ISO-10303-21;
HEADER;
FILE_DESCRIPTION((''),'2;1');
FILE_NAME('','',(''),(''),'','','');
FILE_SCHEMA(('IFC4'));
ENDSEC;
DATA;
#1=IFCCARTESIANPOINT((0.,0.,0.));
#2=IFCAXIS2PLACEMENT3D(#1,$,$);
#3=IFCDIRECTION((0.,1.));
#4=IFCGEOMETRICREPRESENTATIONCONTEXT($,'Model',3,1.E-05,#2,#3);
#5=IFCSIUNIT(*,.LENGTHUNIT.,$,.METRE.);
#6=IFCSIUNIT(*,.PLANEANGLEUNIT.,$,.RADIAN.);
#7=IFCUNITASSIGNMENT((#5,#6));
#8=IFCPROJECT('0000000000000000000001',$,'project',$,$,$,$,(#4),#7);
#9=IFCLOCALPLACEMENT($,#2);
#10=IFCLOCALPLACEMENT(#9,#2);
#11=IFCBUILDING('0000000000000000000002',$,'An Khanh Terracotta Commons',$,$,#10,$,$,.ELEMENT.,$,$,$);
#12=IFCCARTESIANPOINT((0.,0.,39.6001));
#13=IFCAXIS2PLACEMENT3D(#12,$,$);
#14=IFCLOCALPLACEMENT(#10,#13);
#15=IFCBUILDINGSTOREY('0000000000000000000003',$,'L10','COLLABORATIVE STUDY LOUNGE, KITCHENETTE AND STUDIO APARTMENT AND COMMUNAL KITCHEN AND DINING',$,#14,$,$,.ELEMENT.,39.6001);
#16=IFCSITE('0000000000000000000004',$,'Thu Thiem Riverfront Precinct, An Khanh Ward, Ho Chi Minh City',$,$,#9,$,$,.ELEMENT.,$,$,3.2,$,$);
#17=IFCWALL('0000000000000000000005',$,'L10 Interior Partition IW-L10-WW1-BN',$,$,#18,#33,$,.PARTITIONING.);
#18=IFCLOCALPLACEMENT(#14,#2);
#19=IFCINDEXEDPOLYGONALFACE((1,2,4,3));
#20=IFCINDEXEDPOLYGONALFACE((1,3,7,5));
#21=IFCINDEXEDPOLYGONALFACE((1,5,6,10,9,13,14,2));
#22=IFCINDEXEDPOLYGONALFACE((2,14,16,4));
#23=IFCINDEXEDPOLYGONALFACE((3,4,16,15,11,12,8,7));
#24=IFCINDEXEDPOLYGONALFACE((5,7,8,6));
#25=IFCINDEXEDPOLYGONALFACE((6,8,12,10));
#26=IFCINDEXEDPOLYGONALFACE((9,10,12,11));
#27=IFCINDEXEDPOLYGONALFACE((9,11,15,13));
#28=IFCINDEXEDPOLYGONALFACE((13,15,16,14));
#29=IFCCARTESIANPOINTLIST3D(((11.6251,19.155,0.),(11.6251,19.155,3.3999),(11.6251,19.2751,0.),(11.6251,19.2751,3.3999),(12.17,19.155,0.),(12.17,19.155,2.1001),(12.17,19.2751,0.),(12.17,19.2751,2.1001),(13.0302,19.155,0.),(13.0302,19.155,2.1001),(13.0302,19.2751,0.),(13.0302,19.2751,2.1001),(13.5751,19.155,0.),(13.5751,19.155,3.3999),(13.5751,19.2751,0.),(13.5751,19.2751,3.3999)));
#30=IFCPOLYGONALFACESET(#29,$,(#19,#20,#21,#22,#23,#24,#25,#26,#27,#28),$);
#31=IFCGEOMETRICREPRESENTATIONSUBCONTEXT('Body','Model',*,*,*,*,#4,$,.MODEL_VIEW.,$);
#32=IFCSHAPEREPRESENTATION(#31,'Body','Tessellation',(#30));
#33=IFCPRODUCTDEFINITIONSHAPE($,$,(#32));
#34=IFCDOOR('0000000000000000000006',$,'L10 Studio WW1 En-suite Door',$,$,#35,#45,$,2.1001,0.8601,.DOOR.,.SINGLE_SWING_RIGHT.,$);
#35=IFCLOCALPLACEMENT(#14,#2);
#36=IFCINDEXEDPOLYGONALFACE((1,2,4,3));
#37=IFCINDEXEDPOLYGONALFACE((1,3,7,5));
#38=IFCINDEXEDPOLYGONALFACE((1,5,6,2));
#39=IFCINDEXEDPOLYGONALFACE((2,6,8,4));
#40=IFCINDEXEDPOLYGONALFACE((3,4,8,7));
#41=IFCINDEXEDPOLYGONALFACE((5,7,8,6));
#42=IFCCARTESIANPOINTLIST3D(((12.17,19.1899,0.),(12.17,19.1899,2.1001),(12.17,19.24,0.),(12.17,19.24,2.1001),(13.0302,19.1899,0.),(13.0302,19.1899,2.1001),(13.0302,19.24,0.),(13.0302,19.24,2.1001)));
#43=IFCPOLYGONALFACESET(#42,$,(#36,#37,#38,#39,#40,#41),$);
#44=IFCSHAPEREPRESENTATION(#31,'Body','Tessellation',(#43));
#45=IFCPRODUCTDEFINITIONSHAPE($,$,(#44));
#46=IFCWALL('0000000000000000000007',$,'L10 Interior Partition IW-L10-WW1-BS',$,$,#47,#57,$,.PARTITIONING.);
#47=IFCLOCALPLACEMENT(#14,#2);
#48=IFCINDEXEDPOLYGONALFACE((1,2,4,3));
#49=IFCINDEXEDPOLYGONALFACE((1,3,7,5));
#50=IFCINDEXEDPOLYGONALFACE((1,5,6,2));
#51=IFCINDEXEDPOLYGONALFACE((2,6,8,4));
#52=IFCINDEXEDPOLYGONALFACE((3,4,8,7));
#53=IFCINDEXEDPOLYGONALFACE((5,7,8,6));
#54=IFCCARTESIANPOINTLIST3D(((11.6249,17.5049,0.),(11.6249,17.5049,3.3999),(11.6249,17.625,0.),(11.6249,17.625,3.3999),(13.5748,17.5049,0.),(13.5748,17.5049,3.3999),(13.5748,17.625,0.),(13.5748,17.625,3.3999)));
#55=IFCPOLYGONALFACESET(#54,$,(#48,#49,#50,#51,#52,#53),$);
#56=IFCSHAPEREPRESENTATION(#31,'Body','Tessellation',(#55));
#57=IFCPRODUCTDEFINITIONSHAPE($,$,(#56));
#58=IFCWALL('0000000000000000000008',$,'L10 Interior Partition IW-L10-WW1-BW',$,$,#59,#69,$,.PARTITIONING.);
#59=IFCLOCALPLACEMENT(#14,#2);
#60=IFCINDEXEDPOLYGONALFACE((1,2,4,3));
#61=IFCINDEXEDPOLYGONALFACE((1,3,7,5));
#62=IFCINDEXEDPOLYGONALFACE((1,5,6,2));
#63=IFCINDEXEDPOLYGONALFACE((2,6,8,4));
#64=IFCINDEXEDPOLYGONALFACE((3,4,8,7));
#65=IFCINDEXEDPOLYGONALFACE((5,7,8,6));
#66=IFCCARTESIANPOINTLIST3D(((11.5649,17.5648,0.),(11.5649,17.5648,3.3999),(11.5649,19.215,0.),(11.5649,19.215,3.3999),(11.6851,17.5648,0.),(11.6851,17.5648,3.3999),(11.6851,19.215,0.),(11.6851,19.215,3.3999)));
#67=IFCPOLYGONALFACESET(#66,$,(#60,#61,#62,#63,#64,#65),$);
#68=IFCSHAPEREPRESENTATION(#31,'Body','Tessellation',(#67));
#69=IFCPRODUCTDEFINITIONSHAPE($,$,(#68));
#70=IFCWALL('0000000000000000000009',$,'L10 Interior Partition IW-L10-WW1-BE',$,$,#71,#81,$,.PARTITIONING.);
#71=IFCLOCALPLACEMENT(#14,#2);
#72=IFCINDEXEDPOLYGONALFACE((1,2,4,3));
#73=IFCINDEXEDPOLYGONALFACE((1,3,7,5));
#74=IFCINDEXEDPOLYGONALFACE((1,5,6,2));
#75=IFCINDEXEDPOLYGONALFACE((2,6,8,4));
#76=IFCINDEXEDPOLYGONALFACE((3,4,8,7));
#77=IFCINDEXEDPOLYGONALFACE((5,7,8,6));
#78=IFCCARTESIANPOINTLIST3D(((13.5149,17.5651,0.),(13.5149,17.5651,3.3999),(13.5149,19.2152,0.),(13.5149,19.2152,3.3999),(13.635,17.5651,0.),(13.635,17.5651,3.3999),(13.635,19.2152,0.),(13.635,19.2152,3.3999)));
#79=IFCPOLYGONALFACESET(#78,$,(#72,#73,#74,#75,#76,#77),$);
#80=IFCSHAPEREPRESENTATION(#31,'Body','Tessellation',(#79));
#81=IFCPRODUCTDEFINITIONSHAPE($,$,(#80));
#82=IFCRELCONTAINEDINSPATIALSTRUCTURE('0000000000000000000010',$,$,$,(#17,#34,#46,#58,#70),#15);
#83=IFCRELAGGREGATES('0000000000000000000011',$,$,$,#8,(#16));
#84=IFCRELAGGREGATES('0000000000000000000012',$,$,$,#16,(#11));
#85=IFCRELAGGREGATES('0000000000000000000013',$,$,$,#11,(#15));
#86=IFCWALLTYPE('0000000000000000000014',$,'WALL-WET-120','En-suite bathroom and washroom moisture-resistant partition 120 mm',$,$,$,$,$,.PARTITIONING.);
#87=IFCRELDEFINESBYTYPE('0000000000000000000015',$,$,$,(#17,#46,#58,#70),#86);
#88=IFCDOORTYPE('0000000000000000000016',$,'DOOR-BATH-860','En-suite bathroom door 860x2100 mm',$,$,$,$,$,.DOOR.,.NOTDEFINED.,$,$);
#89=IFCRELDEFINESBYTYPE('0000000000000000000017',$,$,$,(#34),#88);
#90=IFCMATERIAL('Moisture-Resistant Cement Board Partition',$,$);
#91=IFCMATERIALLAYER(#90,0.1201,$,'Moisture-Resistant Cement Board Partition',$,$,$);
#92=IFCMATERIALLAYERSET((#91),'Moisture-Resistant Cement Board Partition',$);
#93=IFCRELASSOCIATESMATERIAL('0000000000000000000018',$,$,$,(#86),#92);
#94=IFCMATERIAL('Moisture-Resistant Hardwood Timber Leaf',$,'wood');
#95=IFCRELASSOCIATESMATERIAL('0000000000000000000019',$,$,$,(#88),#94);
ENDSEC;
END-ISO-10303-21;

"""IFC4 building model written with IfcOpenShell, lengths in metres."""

from ifc_helpers import new_model, si_unit, direction, frame, frame_2d, origin, place, context, subcontext, project, spatial, rectangle, extrude, material, layer, layer_set, type_object, element, fill, save


model = new_model("IFC4")

# Units and contexts
model_context = context("Model", 3, precision=1e-05, world=origin(), true_north=direction((0.0, 1.0)))
body_context = subcontext(model_context, "Body", "Model", "MODEL_VIEW")
ifc_project = project(units=[si_unit("LENGTHUNIT", "METRE"), si_unit("PLANEANGLEUNIT", "RADIAN")], contexts=[model_context])

# Site, building, storey
site_placement = place(None, origin())
site = spatial("IfcSite", under=ifc_project, at=site_placement, Name="Thu Thiem Riverfront Precinct, An Khanh Ward, Ho Chi Minh City", CompositionType="ELEMENT", RefElevation=3.2)
building_placement = place(site_placement, origin())
building = spatial("IfcBuilding", under=site, at=building_placement, Name="An Khanh Terracotta Commons", CompositionType="ELEMENT")
storey_placement = place(building_placement, frame((0.0, 0.0, 39.6001)))
storey = spatial("IfcBuildingStorey", under=building, at=storey_placement, Name="L10", Description="COLLABORATIVE STUDY LOUNGE, KITCHENETTE AND STUDIO APARTMENT AND COMMUNAL KITCHEN AND DINING", CompositionType="ELEMENT", Elevation=39.6001)

# Wall, opening, door
ifc_material_1 = material(Name="Moisture-Resistant Cement Board Partition")
ifc_layer_1 = layer(ifc_material_1, 0.1201, Name="Moisture-Resistant Cement Board Partition")
ifc_layer_set_1 = layer_set([ifc_layer_1], Name="Moisture-Resistant Cement Board Partition")
wall_type_1 = type_object("IfcWallType", Name="WALL-WET-120", Description="En-suite bathroom and washroom moisture-resistant partition 120 mm", PredefinedType="PARTITIONING", material=ifc_layer_set_1)
wall_1_placement = place(storey_placement, frame((11.625, 19.2151, 0.0), z_axis=(0.0, 0.0, 1.0), x_axis=(1.0, 0.0, 0.0)))
wall_1 = element("IfcWall", 1, at=wall_1_placement, inside=storey, type_object=wall_type_1, Name="L10 Interior Partition IW-L10-WW1-BN", PredefinedType="PARTITIONING", context=body_context, shape_type="SweptSolid", body=[
    extrude(rectangle(XDim=1.95, YDim=0.1201, at=frame_2d((0.9751, 0.0))), origin(), (0.0, 0.0, 1.0), 3.3999),
])
opening_1_placement = place(wall_1_placement, frame((0.5449, 0.0, 0.0)))
opening_1 = element("IfcOpeningElement", 2, at=opening_1_placement, cuts=wall_1, PredefinedType="OPENING", context=body_context, shape_type="SweptSolid", body=[
    extrude(rectangle(XDim=0.8601, YDim=2.1001, at=frame_2d((0.4302, 1.05))), frame((0.0, 0.0701, 0.0), z_axis=(0.0, -1.0, 0.0), x_axis=(1.0, 0.0, 0.0)), (0.0, 0.0, 1.0), 0.1401),
])
ifc_material_2 = material(Name="Moisture-Resistant Hardwood Timber Leaf", Category="wood")
door_type_1 = type_object("IfcDoorType", Name="DOOR-BATH-860", Description="En-suite bathroom door 860x2100 mm", OperationType="NOTDEFINED", PredefinedType="DOOR", material=ifc_material_2)
door_1_placement = place(opening_1_placement, origin())
door_1 = element("IfcDoor", 3, at=door_1_placement, inside=storey, type_object=door_type_1, Name="L10 Studio WW1 En-suite Door", OperationType="SINGLE_SWING_RIGHT", OverallHeight=2.1001, OverallWidth=0.8601, PredefinedType="DOOR", context=body_context, shape_type="SweptSolid", body=[
    extrude(rectangle(XDim=0.8601, YDim=2.1001, at=frame_2d((0.4302, 1.05))), frame((0.0, 0.0249, 0.0), z_axis=(0.0, -1.0, 0.0), x_axis=(1.0, 0.0, 0.0)), (0.0, 0.0, 1.0), 0.05),
])
fill(opening_1, door_1)

# Walls
wall_2_placement = place(storey_placement, frame((13.575, 17.5649, 0.0), z_axis=(0.0, 0.0, 1.0), x_axis=(-1.0, 0.0, 0.0)))
element("IfcWall", 4, at=wall_2_placement, inside=storey, type_object=wall_type_1, Name="L10 Interior Partition IW-L10-WW1-BS", PredefinedType="PARTITIONING", context=body_context, shape_type="SweptSolid", body=[
    extrude(rectangle(XDim=1.95, YDim=0.1201, at=frame_2d((0.9751, 0.0))), origin(), (0.0, 0.0, 1.0), 3.3999),
])
for number, where, z_axis, x_axis, name in (
    (5, (11.625, 19.2151, 0.0), (0.0, 0.0, 1.0), (0.0, -1.0, 0.0), "L10 Interior Partition IW-L10-WW1-BW"),
    (6, (13.575, 17.5649, 0.0), (0.0, 0.0, 1.0), (0.0, 1.0, 0.0), "L10 Interior Partition IW-L10-WW1-BE"),
):
    element("IfcWall", number, at=place(storey_placement, frame(where, z_axis=z_axis, x_axis=x_axis)), inside=storey, type_object=wall_type_1, Name=name, PredefinedType="PARTITIONING", context=body_context, shape_type="SweptSolid", body=[
        extrude(rectangle(XDim=1.6501, YDim=0.1201, at=frame_2d((0.8252, 0.0))), origin(), (0.0, 0.0, 1.0), 3.3999),
    ])

save(model, "model.ifc")
